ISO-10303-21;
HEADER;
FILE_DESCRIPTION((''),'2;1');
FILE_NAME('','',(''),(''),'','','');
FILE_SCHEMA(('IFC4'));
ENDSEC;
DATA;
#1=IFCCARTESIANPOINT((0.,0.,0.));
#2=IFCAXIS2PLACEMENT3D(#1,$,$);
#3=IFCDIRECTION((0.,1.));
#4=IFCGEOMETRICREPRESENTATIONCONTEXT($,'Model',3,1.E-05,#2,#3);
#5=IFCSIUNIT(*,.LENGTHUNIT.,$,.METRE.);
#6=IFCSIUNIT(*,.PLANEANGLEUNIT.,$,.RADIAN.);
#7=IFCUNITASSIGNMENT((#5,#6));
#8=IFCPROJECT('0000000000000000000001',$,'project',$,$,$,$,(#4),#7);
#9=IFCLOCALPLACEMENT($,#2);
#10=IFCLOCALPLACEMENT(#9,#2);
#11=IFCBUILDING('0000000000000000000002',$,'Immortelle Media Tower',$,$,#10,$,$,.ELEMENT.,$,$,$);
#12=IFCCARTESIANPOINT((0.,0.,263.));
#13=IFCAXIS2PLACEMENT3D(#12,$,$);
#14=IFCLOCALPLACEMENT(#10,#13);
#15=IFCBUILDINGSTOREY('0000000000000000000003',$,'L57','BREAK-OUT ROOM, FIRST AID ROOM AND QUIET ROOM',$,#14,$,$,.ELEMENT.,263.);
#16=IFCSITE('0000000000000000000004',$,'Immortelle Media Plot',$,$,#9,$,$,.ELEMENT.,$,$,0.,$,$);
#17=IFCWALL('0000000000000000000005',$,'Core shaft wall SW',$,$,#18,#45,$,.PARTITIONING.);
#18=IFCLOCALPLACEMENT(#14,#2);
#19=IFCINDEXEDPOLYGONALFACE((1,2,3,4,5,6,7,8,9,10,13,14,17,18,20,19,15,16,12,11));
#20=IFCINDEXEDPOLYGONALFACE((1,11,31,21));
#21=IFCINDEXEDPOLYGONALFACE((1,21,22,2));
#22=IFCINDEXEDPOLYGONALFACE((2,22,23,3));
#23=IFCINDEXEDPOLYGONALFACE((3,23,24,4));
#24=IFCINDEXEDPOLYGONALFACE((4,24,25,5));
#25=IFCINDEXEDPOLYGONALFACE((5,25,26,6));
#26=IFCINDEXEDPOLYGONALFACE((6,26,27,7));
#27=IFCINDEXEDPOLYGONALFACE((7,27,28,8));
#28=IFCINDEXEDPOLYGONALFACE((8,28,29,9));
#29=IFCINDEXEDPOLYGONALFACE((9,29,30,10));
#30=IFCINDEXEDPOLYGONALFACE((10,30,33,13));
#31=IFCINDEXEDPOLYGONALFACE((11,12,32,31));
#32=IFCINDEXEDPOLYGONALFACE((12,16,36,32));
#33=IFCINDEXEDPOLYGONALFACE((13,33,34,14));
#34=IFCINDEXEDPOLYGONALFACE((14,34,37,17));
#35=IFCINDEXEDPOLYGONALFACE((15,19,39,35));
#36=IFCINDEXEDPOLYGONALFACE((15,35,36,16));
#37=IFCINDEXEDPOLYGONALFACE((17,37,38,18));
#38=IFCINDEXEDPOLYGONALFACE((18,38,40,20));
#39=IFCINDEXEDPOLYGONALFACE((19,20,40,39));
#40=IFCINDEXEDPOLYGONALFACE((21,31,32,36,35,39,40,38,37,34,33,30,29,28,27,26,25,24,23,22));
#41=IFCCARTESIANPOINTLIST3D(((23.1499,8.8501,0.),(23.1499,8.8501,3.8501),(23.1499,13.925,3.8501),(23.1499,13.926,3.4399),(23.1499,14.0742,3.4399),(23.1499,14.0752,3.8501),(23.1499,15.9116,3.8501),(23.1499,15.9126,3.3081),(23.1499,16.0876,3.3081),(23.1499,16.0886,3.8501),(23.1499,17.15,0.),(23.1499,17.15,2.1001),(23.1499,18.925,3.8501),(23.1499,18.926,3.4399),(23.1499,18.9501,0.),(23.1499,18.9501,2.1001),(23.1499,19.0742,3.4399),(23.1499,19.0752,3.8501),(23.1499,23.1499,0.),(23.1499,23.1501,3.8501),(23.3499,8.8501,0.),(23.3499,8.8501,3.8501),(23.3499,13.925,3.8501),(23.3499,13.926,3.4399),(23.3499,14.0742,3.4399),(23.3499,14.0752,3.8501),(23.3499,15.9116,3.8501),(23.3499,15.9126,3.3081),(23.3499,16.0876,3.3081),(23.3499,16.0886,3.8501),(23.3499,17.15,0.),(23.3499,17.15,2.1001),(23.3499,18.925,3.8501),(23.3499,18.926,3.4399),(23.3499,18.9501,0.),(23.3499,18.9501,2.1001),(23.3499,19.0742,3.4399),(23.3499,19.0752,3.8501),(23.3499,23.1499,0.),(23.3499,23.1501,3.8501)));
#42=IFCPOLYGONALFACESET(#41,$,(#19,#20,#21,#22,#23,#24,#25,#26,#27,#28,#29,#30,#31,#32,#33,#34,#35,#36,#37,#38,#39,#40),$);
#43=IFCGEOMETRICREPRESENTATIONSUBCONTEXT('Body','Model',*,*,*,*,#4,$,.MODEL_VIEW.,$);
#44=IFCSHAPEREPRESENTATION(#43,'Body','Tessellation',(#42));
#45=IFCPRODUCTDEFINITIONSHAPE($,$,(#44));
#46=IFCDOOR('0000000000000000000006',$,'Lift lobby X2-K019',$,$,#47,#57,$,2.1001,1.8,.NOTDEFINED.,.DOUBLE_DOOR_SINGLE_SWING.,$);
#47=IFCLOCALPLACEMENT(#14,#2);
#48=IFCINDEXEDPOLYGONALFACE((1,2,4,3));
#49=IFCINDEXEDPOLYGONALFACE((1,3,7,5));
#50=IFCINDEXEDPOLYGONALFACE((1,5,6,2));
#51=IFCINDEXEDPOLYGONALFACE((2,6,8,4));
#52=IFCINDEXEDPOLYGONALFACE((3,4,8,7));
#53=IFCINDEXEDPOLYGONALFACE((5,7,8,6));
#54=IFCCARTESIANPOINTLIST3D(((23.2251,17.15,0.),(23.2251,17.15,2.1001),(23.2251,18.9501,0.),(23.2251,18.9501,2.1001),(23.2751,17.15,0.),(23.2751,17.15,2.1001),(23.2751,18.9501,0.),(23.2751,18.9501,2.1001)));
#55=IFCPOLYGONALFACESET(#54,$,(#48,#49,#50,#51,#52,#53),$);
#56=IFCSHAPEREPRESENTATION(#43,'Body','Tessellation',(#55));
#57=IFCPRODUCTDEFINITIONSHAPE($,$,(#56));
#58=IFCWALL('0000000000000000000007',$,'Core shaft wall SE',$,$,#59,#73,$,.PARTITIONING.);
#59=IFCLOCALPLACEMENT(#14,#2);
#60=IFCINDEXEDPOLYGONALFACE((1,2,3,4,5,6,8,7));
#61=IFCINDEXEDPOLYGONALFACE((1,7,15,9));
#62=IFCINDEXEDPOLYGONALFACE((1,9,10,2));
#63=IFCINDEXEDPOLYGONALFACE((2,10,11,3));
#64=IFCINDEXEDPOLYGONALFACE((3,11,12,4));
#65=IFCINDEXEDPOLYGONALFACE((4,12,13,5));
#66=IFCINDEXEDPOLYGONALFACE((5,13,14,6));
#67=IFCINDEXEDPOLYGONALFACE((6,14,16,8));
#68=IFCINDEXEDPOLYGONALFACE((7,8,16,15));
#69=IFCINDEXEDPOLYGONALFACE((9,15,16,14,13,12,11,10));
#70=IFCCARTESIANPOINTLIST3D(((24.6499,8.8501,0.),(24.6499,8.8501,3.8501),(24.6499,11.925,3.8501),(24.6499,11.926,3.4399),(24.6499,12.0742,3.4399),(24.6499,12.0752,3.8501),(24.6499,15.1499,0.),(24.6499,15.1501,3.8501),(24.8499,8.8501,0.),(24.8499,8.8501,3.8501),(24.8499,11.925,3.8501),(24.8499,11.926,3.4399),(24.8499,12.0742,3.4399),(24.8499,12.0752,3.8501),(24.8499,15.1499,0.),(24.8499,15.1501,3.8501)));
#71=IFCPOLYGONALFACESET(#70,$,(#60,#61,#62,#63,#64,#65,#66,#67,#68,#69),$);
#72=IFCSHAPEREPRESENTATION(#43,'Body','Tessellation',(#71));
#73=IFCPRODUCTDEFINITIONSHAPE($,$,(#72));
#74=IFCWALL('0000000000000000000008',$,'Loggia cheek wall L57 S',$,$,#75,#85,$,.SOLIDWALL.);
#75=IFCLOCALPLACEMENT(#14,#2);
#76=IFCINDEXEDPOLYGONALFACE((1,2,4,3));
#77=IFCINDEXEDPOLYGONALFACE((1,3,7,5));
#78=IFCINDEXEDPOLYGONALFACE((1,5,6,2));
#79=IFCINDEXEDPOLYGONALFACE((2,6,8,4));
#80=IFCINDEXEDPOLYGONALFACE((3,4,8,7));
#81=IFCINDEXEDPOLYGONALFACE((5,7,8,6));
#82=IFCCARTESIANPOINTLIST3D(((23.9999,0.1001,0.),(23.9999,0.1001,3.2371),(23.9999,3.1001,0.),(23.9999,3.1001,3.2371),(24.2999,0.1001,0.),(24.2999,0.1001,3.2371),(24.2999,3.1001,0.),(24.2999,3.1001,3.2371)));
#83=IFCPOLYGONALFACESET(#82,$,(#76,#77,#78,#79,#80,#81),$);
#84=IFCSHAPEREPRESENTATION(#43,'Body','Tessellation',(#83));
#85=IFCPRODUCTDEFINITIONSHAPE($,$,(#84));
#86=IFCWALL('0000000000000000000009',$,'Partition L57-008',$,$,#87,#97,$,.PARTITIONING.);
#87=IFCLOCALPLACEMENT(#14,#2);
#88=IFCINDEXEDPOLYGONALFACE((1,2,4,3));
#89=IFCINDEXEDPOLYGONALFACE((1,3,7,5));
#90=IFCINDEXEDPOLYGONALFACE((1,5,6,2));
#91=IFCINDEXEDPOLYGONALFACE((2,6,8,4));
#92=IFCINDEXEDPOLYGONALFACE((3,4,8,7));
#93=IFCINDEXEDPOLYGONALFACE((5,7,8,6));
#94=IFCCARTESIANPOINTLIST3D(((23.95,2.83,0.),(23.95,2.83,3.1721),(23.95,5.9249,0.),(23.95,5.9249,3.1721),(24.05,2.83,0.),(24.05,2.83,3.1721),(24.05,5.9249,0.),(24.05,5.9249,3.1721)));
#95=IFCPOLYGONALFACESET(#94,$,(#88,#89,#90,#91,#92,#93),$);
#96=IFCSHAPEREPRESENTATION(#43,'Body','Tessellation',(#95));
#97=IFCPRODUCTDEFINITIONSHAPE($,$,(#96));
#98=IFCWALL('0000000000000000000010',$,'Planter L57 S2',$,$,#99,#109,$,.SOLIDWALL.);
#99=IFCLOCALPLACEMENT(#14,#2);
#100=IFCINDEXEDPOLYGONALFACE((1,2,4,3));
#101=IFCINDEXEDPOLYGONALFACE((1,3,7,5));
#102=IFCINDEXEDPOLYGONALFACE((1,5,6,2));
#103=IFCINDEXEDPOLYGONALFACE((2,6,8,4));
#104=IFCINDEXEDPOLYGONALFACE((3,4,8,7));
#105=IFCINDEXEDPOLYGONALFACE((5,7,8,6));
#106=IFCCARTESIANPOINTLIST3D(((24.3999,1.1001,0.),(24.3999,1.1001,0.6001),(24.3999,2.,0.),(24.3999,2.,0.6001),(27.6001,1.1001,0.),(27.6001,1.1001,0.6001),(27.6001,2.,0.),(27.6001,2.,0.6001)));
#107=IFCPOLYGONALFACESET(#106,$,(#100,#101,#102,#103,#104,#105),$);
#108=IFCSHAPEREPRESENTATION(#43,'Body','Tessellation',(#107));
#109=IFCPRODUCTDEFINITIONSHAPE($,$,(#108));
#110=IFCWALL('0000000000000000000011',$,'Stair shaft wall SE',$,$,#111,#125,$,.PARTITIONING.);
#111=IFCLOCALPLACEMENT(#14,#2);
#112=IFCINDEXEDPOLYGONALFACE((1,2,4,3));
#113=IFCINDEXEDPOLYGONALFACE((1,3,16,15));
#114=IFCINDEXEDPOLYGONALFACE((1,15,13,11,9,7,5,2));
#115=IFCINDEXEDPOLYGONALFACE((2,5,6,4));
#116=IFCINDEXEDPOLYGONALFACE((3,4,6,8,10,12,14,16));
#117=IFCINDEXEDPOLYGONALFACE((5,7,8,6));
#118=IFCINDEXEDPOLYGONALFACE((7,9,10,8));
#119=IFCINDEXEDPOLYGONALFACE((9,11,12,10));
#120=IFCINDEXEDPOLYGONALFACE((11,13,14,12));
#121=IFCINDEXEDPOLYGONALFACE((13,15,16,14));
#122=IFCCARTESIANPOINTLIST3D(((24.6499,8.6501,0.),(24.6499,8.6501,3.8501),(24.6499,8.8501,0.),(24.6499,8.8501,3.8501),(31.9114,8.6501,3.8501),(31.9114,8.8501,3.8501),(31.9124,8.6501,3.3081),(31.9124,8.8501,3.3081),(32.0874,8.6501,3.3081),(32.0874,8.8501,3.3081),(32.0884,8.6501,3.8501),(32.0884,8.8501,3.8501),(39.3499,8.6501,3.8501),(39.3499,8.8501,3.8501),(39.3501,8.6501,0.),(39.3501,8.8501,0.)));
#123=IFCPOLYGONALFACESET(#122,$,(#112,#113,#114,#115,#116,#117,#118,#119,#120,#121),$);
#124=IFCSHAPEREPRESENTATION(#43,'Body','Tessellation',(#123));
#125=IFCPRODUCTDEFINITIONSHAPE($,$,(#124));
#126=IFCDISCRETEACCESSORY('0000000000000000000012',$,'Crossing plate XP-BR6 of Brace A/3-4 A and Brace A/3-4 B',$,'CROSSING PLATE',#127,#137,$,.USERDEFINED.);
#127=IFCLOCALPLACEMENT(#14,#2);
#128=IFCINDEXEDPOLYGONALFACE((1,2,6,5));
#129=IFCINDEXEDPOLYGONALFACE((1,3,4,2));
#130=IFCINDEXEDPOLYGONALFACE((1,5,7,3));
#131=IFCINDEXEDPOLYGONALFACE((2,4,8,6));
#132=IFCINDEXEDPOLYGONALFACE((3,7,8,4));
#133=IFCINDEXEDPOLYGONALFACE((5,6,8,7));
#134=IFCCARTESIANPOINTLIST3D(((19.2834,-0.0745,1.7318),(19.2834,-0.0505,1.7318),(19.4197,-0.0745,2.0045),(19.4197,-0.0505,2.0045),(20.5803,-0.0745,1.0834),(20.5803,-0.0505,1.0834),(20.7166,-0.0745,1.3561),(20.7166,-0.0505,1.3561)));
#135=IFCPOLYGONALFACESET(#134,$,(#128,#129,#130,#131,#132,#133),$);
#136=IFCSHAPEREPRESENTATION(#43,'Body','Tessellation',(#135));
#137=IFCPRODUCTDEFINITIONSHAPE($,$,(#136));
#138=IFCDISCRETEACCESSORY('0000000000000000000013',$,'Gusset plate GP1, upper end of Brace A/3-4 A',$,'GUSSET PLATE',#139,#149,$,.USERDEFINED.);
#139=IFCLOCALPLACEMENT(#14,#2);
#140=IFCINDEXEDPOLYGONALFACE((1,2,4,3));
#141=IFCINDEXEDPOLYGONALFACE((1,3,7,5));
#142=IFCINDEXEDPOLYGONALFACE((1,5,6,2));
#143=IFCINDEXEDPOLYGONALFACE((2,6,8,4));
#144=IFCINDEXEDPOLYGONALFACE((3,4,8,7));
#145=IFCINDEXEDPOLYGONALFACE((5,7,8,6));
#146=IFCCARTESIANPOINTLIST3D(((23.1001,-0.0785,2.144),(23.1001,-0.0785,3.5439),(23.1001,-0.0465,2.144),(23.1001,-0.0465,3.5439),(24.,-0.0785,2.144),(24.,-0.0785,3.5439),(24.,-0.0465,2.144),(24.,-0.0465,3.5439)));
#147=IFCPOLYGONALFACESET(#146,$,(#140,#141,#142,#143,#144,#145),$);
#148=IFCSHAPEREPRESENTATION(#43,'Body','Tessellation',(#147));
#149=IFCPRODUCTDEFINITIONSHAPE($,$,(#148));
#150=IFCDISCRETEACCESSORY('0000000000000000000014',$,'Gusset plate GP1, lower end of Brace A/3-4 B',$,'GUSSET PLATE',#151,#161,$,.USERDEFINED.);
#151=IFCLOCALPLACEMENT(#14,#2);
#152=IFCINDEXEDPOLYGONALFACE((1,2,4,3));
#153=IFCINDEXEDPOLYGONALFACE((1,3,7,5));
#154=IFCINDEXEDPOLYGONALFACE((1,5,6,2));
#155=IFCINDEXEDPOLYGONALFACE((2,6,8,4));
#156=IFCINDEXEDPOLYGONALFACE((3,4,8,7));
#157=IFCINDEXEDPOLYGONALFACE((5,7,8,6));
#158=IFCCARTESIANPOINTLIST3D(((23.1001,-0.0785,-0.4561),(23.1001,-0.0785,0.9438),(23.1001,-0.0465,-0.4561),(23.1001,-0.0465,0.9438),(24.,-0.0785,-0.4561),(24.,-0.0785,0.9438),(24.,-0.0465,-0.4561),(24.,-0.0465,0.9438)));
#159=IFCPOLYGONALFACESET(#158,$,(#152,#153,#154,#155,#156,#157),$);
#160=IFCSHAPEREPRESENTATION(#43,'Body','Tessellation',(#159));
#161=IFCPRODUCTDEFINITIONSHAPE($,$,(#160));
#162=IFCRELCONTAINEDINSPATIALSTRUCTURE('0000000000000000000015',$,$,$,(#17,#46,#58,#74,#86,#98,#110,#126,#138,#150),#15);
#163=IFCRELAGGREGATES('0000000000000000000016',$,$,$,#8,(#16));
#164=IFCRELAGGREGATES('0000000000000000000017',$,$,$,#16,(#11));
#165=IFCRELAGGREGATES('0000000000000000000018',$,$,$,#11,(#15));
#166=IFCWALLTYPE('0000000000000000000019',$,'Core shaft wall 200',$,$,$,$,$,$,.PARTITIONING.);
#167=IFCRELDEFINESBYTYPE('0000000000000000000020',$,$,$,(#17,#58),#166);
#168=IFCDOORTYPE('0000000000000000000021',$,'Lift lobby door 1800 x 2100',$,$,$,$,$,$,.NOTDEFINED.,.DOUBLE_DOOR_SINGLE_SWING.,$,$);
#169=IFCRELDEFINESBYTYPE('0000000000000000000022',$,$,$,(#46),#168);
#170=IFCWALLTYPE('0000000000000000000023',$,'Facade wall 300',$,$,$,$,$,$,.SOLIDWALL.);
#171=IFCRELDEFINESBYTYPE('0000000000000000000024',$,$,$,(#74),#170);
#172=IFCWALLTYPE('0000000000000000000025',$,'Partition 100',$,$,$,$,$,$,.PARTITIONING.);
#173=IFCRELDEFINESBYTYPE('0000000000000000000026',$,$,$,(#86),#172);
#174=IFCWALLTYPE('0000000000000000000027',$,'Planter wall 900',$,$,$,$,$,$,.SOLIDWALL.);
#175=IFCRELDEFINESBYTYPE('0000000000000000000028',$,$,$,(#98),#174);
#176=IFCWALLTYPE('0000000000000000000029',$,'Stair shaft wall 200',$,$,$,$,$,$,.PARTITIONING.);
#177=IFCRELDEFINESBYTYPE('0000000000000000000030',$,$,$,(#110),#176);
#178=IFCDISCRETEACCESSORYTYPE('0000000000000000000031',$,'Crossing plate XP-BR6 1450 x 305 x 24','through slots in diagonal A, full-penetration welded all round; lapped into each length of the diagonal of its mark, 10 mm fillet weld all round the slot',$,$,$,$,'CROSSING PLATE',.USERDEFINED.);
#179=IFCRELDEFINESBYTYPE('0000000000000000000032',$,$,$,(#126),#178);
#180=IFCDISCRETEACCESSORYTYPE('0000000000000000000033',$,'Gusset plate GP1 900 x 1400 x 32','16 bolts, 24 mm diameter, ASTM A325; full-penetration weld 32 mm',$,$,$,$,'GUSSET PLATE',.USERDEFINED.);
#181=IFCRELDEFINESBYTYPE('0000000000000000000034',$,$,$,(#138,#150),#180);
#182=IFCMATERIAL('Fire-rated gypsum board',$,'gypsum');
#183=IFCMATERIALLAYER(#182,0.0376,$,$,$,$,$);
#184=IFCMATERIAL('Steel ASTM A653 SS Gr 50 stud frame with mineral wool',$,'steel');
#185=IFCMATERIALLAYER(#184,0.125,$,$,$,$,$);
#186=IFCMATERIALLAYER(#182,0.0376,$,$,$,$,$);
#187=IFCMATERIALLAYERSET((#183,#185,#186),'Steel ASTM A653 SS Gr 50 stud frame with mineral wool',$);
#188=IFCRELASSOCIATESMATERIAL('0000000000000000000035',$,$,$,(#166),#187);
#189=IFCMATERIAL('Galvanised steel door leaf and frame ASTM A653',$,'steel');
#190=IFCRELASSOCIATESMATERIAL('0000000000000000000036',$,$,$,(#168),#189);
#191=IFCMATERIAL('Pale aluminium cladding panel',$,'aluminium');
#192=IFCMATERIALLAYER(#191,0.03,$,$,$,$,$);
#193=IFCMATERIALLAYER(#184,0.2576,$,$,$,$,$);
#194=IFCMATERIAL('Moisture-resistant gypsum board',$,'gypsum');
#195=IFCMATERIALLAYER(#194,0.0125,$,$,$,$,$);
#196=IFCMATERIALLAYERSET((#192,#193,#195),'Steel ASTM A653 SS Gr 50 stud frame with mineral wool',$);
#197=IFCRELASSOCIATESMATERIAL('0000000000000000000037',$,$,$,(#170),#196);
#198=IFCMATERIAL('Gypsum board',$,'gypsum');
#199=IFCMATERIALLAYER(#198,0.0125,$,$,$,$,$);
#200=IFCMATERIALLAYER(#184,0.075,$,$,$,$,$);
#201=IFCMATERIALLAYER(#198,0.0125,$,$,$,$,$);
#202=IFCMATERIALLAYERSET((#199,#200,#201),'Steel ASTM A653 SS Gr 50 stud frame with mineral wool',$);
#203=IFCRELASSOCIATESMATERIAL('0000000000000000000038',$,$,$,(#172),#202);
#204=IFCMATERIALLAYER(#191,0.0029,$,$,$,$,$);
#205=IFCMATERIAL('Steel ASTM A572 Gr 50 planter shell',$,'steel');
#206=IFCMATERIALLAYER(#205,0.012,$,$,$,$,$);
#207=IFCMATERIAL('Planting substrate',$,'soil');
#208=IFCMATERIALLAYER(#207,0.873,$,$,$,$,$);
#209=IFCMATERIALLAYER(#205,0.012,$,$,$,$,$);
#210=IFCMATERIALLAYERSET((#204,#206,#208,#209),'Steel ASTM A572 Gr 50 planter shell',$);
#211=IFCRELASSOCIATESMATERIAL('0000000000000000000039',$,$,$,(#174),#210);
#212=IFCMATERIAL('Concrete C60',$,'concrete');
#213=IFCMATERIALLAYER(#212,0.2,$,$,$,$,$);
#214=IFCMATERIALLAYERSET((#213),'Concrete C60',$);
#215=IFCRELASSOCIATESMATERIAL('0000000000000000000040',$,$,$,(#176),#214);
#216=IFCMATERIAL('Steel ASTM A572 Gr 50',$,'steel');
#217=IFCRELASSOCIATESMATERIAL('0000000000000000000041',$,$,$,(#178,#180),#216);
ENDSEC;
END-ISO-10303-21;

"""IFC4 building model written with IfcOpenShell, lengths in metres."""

from ifc_helpers import new_model, si_unit, direction, frame, frame_2d, origin, origin_2d, place, context, subcontext, project, spatial, polyline, rectangle, outline, extrude, material, layer, layer_set, material_profile, profile_set, type_object, element, fill, save


model = new_model("IFC4")

# Units and contexts
model_context = context("Model", 3, precision=1e-05, world=origin(), true_north=direction((0.0, 1.0)))
body_context = subcontext(model_context, "Body", "Model", "MODEL_VIEW")
ifc_project = project(units=[si_unit("LENGTHUNIT", "METRE"), si_unit("PLANEANGLEUNIT", "RADIAN")], contexts=[model_context])

# Site, building, storey
site_placement = place(None, origin())
site = spatial("IfcSite", under=ifc_project, at=site_placement, Name="Immortelle Media Plot", CompositionType="ELEMENT", RefElevation=0.0)
building_placement = place(site_placement, origin())
building = spatial("IfcBuilding", under=site, at=building_placement, Name="Immortelle Media Tower", CompositionType="ELEMENT")
storey_placement = place(building_placement, frame((0.0, 0.0, 263.0)))
storey = spatial("IfcBuildingStorey", under=building, at=storey_placement, Name="L57", Description="BREAK-OUT ROOM, FIRST AID ROOM AND QUIET ROOM", CompositionType="ELEMENT", Elevation=263.0)

# Wall, opening, door
ifc_material_1 = material(Name="Fire-rated gypsum board", Category="gypsum")
ifc_layer_1 = layer(ifc_material_1, 0.0376)
ifc_material_2 = material(Name="Steel ASTM A653 SS Gr 50 stud frame with mineral wool", Category="steel")
ifc_layer_2 = layer(ifc_material_2, 0.125)
ifc_layer_3 = layer(ifc_material_1, 0.0376)
ifc_layer_set_1 = layer_set([ifc_layer_1, ifc_layer_2, ifc_layer_3], Name="Steel ASTM A653 SS Gr 50 stud frame with mineral wool")
wall_type_1 = type_object("IfcWallType", Name="Core shaft wall 200", PredefinedType="PARTITIONING", material=ifc_layer_set_1)
wall_1_placement = place(storey_placement, frame((23.25, 8.8501, 0.0), z_axis=(0.0, 0.0, 1.0), x_axis=(0.0, 1.0, 0.0)))
wall_1 = element("IfcWall", 1, at=wall_1_placement, inside=storey, type_object=wall_type_1, Name="Core shaft wall SW", PredefinedType="PARTITIONING", context=body_context, shape_type="SweptSolid", body=[
    extrude(outline(polyline([(0.0, 0.0), (14.2998, 0.0), (14.3, 3.8501), (10.2251, 3.8501), (10.2241, 3.4399), (10.0759, 3.4399), (10.075, 3.8501), (7.2385, 3.8501), (7.2375, 3.3081), (7.0625, 3.3081), (7.0615, 3.8501), (5.2251, 3.8501), (5.2241, 3.4399), (5.0759, 3.4399), (5.075, 3.8501), (0.0, 3.8501), (0.0, 0.0)])), frame((0.0, 0.1001, 0.0), z_axis=(0.0, -1.0, 0.0), x_axis=(1.0, 0.0, 0.0)), (0.0, 0.0, 1.0), 0.2),
])
opening_1_placement = place(wall_1_placement, frame((8.3, 0.0, 0.0)))
opening_1 = element("IfcOpeningElement", 2, at=opening_1_placement, cuts=wall_1, PredefinedType="OPENING", context=body_context, shape_type="SweptSolid", body=[
    extrude(rectangle(XDim=1.8, YDim=2.1001, at=frame_2d((0.8999, 1.05))), frame((0.0, 0.1099, 0.0), z_axis=(0.0, -1.0, 0.0), x_axis=(1.0, 0.0, 0.0)), (0.0, 0.0, 1.0), 0.22),
])
ifc_material_3 = material(Name="Galvanised steel door leaf and frame ASTM A653", Category="steel")
door_type_1 = type_object("IfcDoorType", Name="Lift lobby door 1800 x 2100", OperationType="DOUBLE_DOOR_SINGLE_SWING", PredefinedType="NOTDEFINED", material=ifc_material_3)
door_1_placement = place(opening_1_placement, origin())
door_1 = element("IfcDoor", 3, at=door_1_placement, inside=storey, type_object=door_type_1, Name="Lift lobby X2-K019", OperationType="DOUBLE_DOOR_SINGLE_SWING", OverallHeight=2.1001, OverallWidth=1.8, PredefinedType="NOTDEFINED", context=body_context, shape_type="SweptSolid", body=[
    extrude(rectangle(XDim=1.8, YDim=2.1001, at=frame_2d((0.8999, 1.05))), frame((0.0, 0.0249, 0.0), z_axis=(0.0, -1.0, 0.0), x_axis=(1.0, 0.0, 0.0)), (0.0, 0.0, 1.0), 0.05),
])
fill(opening_1, door_1)

# Wall
wall_2_placement = place(storey_placement, frame((24.75, 8.8501, 0.0), z_axis=(0.0, 0.0, 1.0), x_axis=(0.0, 1.0, 0.0)))
element("IfcWall", 4, at=wall_2_placement, inside=storey, type_object=wall_type_1, Name="Core shaft wall SE", PredefinedType="PARTITIONING", context=body_context, shape_type="SweptSolid", body=[
    extrude(outline(polyline([(0.0, 0.0), (6.2998, 0.0), (6.3, 3.8501), (3.2251, 3.8501), (3.2241, 3.4399), (3.0759, 3.4399), (3.075, 3.8501), (0.0, 3.8501), (0.0, 0.0)])), frame((0.0, 0.1001, 0.0), z_axis=(0.0, -1.0, 0.0), x_axis=(1.0, 0.0, 0.0)), (0.0, 0.0, 1.0), 0.2),
])

# Shared definitions
ifc_material_4 = material(Name="Pale aluminium cladding panel", Category="aluminium")
ifc_layer_4 = layer(ifc_material_4, 0.03)
ifc_layer_5 = layer(ifc_material_2, 0.2576)
ifc_material_5 = material(Name="Moisture-resistant gypsum board", Category="gypsum")
ifc_layer_6 = layer(ifc_material_5, 0.0125)
ifc_layer_set_2 = layer_set([ifc_layer_4, ifc_layer_5, ifc_layer_6], Name="Steel ASTM A653 SS Gr 50 stud frame with mineral wool")
wall_type_2 = type_object("IfcWallType", Name="Facade wall 300", PredefinedType="SOLIDWALL", material=ifc_layer_set_2)

# Walls
wall_3_placement = place(storey_placement, frame((24.1499, 0.1001, 0.0), z_axis=(0.0, 0.0, 1.0), x_axis=(0.0, 1.0, 0.0)))
element("IfcWall", 5, at=wall_3_placement, inside=storey, type_object=wall_type_2, Name="Loggia cheek wall L57 S", PredefinedType="SOLIDWALL", context=body_context, shape_type="SweptSolid", body=[
    extrude(rectangle(XDim=3.0, YDim=0.3, at=frame_2d((1.5, 0.0))), origin(), (0.0, 0.0, 1.0), 3.2371),
])
ifc_material_6 = material(Name="Gypsum board", Category="gypsum")
ifc_layer_7 = layer(ifc_material_6, 0.0125)
ifc_layer_8 = layer(ifc_material_2, 0.075)
ifc_layer_9 = layer(ifc_material_6, 0.0125)
ifc_layer_set_3 = layer_set([ifc_layer_7, ifc_layer_8, ifc_layer_9], Name="Steel ASTM A653 SS Gr 50 stud frame with mineral wool")
wall_type_3 = type_object("IfcWallType", Name="Partition 100", PredefinedType="PARTITIONING", material=ifc_layer_set_3)
wall_4_placement = place(storey_placement, frame((24.0, 2.8301, 0.0), z_axis=(0.0, 0.0, 1.0), x_axis=(0.0, 1.0, 0.0)))
element("IfcWall", 6, at=wall_4_placement, inside=storey, type_object=wall_type_3, Name="Partition L57-008", PredefinedType="PARTITIONING", context=body_context, shape_type="SweptSolid", body=[
    extrude(rectangle(XDim=3.095, YDim=0.1001, at=frame_2d((1.5474, 0.0))), origin(), (0.0, 0.0, 1.0), 3.1721),
])
ifc_layer_10 = layer(ifc_material_4, 0.0029)
ifc_material_7 = material(Name="Steel ASTM A572 Gr 50 planter shell", Category="steel")
ifc_layer_11 = layer(ifc_material_7, 0.012)
ifc_material_8 = material(Name="Planting substrate", Category="soil")
ifc_layer_12 = layer(ifc_material_8, 0.873)
ifc_layer_13 = layer(ifc_material_7, 0.012)
ifc_layer_set_4 = layer_set([ifc_layer_10, ifc_layer_11, ifc_layer_12, ifc_layer_13], Name="Steel ASTM A572 Gr 50 planter shell")
wall_type_4 = type_object("IfcWallType", Name="Planter wall 900", PredefinedType="SOLIDWALL", material=ifc_layer_set_4)
wall_5_placement = place(storey_placement, frame((24.3999, 1.55, 0.0), z_axis=(0.0, 0.0, 1.0), x_axis=(1.0, 0.0, 0.0)))
element("IfcWall", 7, at=wall_5_placement, inside=storey, type_object=wall_type_4, Name="Planter L57 S2", PredefinedType="SOLIDWALL", context=body_context, shape_type="SweptSolid", body=[
    extrude(rectangle(XDim=3.2002, YDim=0.8999, at=frame_2d((1.6001, 0.0))), origin(), (0.0, 0.0, 1.0), 0.6001),
])
ifc_material_9 = material(Name="Concrete C60", Category="concrete")
ifc_layer_14 = layer(ifc_material_9, 0.2)
ifc_layer_set_5 = layer_set([ifc_layer_14], Name="Concrete C60")
wall_type_5 = type_object("IfcWallType", Name="Stair shaft wall 200", PredefinedType="PARTITIONING", material=ifc_layer_set_5)
wall_6_placement = place(storey_placement, frame((24.6499, 8.75, 0.0), z_axis=(0.0, 0.0, 1.0), x_axis=(1.0, 0.0, 0.0)))
element("IfcWall", 8, at=wall_6_placement, inside=storey, type_object=wall_type_5, Name="Stair shaft wall SE", PredefinedType="PARTITIONING", context=body_context, shape_type="SweptSolid", body=[
    extrude(outline(polyline([(0.0, 0.0), (14.7002, 0.0), (14.7, 3.8501), (7.4385, 3.8501), (7.4375, 3.3081), (7.2625, 3.3081), (7.2615, 3.8501), (0.0, 3.8501), (0.0, 0.0)])), frame((0.0, 0.1001, 0.0), z_axis=(0.0, -1.0, 0.0), x_axis=(1.0, 0.0, 0.0)), (0.0, 0.0, 1.0), 0.2),
])

# Discrete accessories
ifc_material_10 = material(Name="Steel ASTM A572 Gr 50", Category="steel")
ifc_material_profile_1 = material_profile(ifc_material_10, rectangle(XDim=0.0239, YDim=0.3049, at=origin_2d()), Name="PL 24 x 305")
ifc_profile_set_1 = profile_set([ifc_material_profile_1], Name="Steel ASTM A572 Gr 50")
discrete_accessory_type_1 = type_object("IfcDiscreteAccessoryType", Name="Crossing plate XP-BR6 1450 x 305 x 24", Description="through slots in diagonal A, full-penetration welded all round; lapped into each length of the diagonal of its mark, 10 mm fillet weld all round the slot", ElementType="CROSSING PLATE", PredefinedType="USERDEFINED", material=ifc_profile_set_1)
discrete_accessory_placement = place(storey_placement, frame((19.3516, -0.0625, 1.8682), z_axis=(0.894427, 0.0, -0.447214), x_axis=(0.0, 1.0, 0.0)))
element("IfcDiscreteAccessory", 9, at=discrete_accessory_placement, inside=storey, type_object=discrete_accessory_type_1, Name="Crossing plate XP-BR6 of Brace A/3-4 A and Brace A/3-4 B", ObjectType="CROSSING PLATE", PredefinedType="USERDEFINED", context=body_context, shape_type="SweptSolid", body=[
    extrude(rectangle(XDim=0.0239, YDim=0.3049, at=origin_2d()), origin(), (0.0, 0.0, 1.0), 1.45),
])
ifc_material_profile_2 = material_profile(ifc_material_10, rectangle(XDim=0.032, YDim=1.3999, at=origin_2d()), Name="PL 32 x 1400")
ifc_profile_set_2 = profile_set([ifc_material_profile_2], Name="Steel ASTM A572 Gr 50")
discrete_accessory_type_2 = type_object("IfcDiscreteAccessoryType", Name="Gusset plate GP1 900 x 1400 x 32", Description="16 bolts, 24 mm diameter, ASTM A325; full-penetration weld 32 mm", ElementType="GUSSET PLATE", PredefinedType="USERDEFINED", material=ifc_profile_set_2)
for number, where, z_axis, x_axis, name in (
    (10, (24.0, -0.0625, 2.844), (-1.0, 0.0, 0.0), (0.0, -1.0, 0.0), "Gusset plate GP1, upper end of Brace A/3-4 A"),
    (11, (24.0, -0.0625, 0.2439), (-1.0, 0.0, 0.0), (0.0, -1.0, 0.0), "Gusset plate GP1, lower end of Brace A/3-4 B"),
):
    element("IfcDiscreteAccessory", number, at=place(storey_placement, frame(where, z_axis=z_axis, x_axis=x_axis)), inside=storey, type_object=discrete_accessory_type_2, Name=name, ObjectType="GUSSET PLATE", PredefinedType="USERDEFINED", context=body_context, shape_type="SweptSolid", body=[
        extrude(rectangle(XDim=0.032, YDim=1.3999, at=origin_2d()), origin(), (0.0, 0.0, 1.0), 0.8999),
    ])

save(model, "model.ifc")
